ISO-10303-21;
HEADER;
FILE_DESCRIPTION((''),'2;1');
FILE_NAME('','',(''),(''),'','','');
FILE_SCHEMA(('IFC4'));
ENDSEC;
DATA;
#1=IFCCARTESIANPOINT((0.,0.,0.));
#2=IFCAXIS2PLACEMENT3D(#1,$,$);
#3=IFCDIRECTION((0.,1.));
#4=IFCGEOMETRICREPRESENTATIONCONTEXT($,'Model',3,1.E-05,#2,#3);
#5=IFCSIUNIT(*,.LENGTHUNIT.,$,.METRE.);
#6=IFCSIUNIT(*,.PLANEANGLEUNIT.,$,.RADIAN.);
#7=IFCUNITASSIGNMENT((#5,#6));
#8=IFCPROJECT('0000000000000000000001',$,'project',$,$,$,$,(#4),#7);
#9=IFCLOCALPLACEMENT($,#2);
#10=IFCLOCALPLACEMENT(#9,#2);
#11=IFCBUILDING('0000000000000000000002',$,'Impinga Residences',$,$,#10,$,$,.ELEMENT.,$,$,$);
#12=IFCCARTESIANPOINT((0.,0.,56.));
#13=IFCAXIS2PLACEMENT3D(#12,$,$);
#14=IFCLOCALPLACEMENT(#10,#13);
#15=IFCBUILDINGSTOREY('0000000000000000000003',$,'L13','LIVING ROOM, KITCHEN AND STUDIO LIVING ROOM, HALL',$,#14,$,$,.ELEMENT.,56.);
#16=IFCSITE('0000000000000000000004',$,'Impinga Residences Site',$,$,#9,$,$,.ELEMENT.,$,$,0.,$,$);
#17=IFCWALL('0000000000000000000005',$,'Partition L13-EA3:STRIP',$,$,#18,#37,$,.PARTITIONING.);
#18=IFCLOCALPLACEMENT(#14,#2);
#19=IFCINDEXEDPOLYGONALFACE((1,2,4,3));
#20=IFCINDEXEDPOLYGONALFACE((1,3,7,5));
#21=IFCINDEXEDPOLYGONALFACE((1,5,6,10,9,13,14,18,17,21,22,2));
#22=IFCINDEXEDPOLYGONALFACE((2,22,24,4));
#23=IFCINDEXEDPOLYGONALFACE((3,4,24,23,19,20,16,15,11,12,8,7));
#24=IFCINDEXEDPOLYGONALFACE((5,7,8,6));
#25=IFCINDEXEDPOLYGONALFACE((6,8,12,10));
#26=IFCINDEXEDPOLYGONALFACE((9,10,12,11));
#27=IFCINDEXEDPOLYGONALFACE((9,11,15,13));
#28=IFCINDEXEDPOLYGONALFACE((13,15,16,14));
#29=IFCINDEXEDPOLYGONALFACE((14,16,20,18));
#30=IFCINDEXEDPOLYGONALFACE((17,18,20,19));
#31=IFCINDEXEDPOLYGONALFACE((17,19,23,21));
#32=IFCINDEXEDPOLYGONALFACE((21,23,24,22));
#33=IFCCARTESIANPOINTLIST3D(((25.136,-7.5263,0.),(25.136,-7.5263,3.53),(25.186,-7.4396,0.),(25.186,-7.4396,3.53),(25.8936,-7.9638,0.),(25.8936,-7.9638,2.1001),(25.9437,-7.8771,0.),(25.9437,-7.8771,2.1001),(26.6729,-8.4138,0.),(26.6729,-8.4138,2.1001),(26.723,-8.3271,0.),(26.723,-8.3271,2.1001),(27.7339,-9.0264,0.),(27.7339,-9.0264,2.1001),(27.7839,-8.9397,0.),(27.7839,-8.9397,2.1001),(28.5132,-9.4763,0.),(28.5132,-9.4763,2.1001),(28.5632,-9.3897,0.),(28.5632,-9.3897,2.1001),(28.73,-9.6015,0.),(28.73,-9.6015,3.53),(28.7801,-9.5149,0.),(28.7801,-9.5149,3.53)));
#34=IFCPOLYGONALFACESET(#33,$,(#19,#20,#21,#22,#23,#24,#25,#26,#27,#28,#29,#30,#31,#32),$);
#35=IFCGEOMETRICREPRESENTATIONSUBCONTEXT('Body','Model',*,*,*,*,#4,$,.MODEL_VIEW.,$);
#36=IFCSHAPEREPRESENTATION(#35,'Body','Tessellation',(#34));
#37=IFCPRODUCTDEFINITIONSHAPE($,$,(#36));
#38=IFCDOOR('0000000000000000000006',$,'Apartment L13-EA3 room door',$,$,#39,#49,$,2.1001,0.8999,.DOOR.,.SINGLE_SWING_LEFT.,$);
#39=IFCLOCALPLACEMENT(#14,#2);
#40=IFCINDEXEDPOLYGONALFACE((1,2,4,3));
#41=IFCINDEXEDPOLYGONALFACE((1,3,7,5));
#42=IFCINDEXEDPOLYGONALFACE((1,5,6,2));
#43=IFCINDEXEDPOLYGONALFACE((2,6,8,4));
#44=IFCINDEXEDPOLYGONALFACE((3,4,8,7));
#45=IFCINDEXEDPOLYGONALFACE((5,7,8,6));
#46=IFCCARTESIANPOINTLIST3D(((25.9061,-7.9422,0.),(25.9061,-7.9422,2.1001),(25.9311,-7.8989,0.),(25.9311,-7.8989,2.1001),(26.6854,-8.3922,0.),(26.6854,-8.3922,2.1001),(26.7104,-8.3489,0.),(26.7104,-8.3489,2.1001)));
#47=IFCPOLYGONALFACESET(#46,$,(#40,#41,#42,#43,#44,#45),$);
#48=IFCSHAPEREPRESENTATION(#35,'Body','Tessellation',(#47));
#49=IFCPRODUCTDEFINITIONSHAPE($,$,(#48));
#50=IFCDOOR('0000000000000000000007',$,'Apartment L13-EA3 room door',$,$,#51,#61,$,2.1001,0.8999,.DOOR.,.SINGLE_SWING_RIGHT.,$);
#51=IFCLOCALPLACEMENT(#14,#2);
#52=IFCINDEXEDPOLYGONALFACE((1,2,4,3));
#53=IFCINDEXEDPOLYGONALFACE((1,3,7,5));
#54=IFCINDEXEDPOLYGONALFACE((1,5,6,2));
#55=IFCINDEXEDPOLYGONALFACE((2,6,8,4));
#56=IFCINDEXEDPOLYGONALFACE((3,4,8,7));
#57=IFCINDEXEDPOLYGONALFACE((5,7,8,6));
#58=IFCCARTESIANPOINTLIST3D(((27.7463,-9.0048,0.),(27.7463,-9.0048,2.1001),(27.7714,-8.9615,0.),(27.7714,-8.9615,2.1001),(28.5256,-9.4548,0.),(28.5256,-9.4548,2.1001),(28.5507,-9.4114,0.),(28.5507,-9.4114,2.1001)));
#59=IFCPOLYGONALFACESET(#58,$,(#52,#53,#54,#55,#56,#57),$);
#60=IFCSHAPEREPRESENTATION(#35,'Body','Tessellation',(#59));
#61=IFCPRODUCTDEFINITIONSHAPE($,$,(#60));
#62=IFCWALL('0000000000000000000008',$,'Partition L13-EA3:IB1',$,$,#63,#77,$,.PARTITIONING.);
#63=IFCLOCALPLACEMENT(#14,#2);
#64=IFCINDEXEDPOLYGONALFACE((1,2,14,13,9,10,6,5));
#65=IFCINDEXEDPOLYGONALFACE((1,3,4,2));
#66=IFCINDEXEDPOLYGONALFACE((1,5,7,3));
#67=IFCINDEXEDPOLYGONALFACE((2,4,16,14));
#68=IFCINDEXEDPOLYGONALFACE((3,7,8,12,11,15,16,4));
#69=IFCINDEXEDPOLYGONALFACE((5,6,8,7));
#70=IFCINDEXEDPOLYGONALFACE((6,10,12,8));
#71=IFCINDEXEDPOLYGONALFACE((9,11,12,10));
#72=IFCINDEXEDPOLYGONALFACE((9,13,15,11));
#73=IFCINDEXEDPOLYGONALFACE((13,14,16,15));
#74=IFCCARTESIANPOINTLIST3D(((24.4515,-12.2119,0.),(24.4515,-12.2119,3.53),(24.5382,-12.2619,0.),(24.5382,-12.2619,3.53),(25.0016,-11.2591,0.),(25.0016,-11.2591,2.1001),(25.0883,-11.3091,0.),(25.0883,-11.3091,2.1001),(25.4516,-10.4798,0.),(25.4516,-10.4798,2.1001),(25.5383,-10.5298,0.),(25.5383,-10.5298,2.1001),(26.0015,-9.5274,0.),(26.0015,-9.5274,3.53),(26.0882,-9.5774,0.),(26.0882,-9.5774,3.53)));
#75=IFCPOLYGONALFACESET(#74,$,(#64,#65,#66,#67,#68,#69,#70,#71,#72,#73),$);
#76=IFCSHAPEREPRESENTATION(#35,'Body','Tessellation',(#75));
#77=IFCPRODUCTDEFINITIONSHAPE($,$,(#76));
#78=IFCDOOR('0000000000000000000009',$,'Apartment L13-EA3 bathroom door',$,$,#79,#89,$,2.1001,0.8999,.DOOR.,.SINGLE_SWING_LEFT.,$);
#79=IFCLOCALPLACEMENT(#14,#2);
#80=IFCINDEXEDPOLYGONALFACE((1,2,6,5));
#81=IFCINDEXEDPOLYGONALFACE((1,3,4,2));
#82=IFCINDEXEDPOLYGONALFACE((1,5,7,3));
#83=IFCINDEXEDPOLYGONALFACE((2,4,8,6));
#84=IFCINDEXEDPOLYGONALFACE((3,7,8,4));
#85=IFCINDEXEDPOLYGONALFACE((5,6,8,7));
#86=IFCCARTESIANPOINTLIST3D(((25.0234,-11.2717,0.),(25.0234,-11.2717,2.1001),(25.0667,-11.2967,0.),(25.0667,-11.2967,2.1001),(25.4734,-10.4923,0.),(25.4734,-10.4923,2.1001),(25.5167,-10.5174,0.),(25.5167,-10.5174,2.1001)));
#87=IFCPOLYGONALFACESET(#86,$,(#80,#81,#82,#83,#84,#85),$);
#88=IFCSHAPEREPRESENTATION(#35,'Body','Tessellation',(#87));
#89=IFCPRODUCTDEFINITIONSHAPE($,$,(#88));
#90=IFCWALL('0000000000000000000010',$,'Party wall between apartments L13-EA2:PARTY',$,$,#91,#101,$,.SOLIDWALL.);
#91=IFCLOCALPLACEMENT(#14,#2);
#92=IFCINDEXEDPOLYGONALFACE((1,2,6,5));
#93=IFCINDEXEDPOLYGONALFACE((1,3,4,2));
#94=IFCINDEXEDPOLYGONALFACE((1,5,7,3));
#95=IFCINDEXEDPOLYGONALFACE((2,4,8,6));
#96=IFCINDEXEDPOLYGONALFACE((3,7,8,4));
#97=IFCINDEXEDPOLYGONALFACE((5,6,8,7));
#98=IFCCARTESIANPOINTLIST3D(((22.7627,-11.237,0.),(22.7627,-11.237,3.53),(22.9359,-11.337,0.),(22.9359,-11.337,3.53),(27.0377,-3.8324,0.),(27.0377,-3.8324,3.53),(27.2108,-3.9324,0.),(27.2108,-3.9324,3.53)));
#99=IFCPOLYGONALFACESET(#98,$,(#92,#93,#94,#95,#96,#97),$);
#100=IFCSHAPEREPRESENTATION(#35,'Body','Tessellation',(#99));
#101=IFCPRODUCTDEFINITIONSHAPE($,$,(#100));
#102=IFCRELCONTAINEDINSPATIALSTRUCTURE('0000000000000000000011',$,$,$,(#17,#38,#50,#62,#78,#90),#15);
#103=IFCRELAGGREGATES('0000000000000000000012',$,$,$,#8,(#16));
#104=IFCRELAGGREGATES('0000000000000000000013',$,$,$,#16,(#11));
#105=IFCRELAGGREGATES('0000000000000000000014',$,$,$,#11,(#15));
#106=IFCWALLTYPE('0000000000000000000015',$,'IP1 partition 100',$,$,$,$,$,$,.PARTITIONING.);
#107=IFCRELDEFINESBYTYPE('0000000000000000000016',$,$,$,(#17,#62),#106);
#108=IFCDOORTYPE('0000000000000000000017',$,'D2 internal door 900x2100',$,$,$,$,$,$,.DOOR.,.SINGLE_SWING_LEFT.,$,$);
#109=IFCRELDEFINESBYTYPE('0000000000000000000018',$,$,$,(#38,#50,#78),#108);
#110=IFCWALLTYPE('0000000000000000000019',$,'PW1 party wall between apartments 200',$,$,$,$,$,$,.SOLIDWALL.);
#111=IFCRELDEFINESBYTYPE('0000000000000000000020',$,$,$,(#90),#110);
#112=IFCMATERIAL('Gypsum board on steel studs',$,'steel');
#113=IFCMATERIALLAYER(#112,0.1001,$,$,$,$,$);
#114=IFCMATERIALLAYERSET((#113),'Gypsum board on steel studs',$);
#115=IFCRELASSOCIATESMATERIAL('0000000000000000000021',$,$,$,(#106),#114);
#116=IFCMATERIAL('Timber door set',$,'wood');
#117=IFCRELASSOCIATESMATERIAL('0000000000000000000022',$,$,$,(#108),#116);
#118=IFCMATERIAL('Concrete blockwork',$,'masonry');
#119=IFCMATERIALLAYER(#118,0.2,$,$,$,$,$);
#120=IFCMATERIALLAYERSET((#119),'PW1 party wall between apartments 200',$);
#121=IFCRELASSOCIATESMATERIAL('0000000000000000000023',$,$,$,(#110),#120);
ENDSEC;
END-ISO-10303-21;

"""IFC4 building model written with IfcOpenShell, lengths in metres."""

from ifc_helpers import new_model, si_unit, direction, frame, frame_2d, origin, place, context, subcontext, project, spatial, rectangle, extrude, material, layer, layer_set, type_object, element, fill, save


model = new_model("IFC4")

# Units and contexts
model_context = context("Model", 3, precision=1e-05, world=origin(), true_north=direction((0.0, 1.0)))
body_context = subcontext(model_context, "Body", "Model", "MODEL_VIEW")
ifc_project = project(units=[si_unit("LENGTHUNIT", "METRE"), si_unit("PLANEANGLEUNIT", "RADIAN")], contexts=[model_context])

# Site, building, storey
site_placement = place(None, origin())
site = spatial("IfcSite", under=ifc_project, at=site_placement, Name="Impinga Residences Site", CompositionType="ELEMENT", RefElevation=0.0)
building_placement = place(site_placement, origin())
building = spatial("IfcBuilding", under=site, at=building_placement, Name="Impinga Residences", CompositionType="ELEMENT")
storey_placement = place(building_placement, frame((0.0, 0.0, 56.0)))
storey = spatial("IfcBuildingStorey", under=building, at=storey_placement, Name="L13", Description="LIVING ROOM, KITCHEN AND STUDIO LIVING ROOM, HALL", CompositionType="ELEMENT", Elevation=56.0)

# Shared definitions
ifc_material_1 = material(Name="Concrete blockwork", Category="masonry")
ifc_material_2 = material(Name="Timber door set", Category="wood")

# Shared definitions
ifc_material_3 = material(Name="Gypsum board on steel studs", Category="steel")
ifc_layer_1 = layer(ifc_material_3, 0.1001)
ifc_layer_set_1 = layer_set([ifc_layer_1], Name="Gypsum board on steel studs")
wall_type_1 = type_object("IfcWallType", Name="IP1 partition 100", PredefinedType="PARTITIONING", material=ifc_layer_set_1)

# Shared definitions
door_type_1 = type_object("IfcDoorType", Name="D2 internal door 900x2100", OperationType="SINGLE_SWING_LEFT", PredefinedType="DOOR", material=ifc_material_2)

# Wall, openings, doors
wall_1_placement = place(storey_placement, frame((25.1609, -7.4829, 0.0), z_axis=(0.0, 0.0, 1.0), x_axis=(0.866004, -0.500036, 0.0)))
wall_1 = element("IfcWall", 1, at=wall_1_placement, inside=storey, type_object=wall_type_1, Name="Partition L13-EA3:STRIP", PredefinedType="PARTITIONING", context=body_context, shape_type="SweptSolid", body=[
    extrude(rectangle(XDim=4.1501, YDim=0.1001, at=frame_2d((2.0752, 0.0))), origin(), (0.0, 0.0, 1.0), 3.53),
])
opening_1_placement = place(wall_1_placement, frame((0.875, 0.0, 0.0)))
opening_1 = element("IfcOpeningElement", 2, at=opening_1_placement, cuts=wall_1, PredefinedType="OPENING", context=body_context, shape_type="SweptSolid", body=[
    extrude(rectangle(XDim=0.8999, YDim=2.1001, at=frame_2d((0.45, 1.05))), frame((0.0, 0.0601, 0.0), z_axis=(0.0, -1.0, 0.0), x_axis=(1.0, 0.0, 0.0)), (0.0, 0.0, 1.0), 0.1201),
])
opening_2_placement = place(wall_1_placement, frame((3.0, 0.0, 0.0)))
opening_2 = element("IfcOpeningElement", 3, at=opening_2_placement, cuts=wall_1, PredefinedType="OPENING", context=body_context, shape_type="SweptSolid", body=[
    extrude(rectangle(XDim=0.8999, YDim=2.1001, at=frame_2d((0.45, 1.05))), frame((0.0, 0.0601, 0.0), z_axis=(0.0, -1.0, 0.0), x_axis=(1.0, 0.0, 0.0)), (0.0, 0.0, 1.0), 0.1201),
])
door_1_placement = place(opening_1_placement, origin())
door_1 = element("IfcDoor", 4, at=door_1_placement, inside=storey, type_object=door_type_1, Name="Apartment L13-EA3 room door", OperationType="SINGLE_SWING_LEFT", OverallHeight=2.1001, OverallWidth=0.8999, PredefinedType="DOOR", context=body_context, shape_type="SweptSolid", body=[
    extrude(rectangle(XDim=0.8999, YDim=2.1001, at=frame_2d((0.45, 1.05))), frame((0.0, 0.0249, 0.0), z_axis=(0.0, -1.0, 0.0), x_axis=(1.0, 0.0, 0.0)), (0.0, 0.0, 1.0), 0.05),
])
fill(opening_1, door_1)
door_2_placement = place(opening_2_placement, origin())
door_2 = element("IfcDoor", 5, at=door_2_placement, inside=storey, type_object=door_type_1, Name="Apartment L13-EA3 room door", OperationType="SINGLE_SWING_RIGHT", OverallHeight=2.1001, OverallWidth=0.8999, PredefinedType="DOOR", context=body_context, shape_type="SweptSolid", body=[
    extrude(rectangle(XDim=0.8999, YDim=2.1001, at=frame_2d((0.45, 1.05))), frame((0.0, 0.0249, 0.0), z_axis=(0.0, -1.0, 0.0), x_axis=(1.0, 0.0, 0.0)), (0.0, 0.0, 1.0), 0.05),
])
fill(opening_2, door_2)

# Wall, opening, door
wall_2_placement = place(storey_placement, frame((24.4949, -12.2368, 0.0), z_axis=(0.0, 0.0, 1.0), x_axis=(0.500027, 0.86601, 0.0)))
wall_2 = element("IfcWall", 6, at=wall_2_placement, inside=storey, type_object=wall_type_1, Name="Partition L13-EA3:IB1", PredefinedType="PARTITIONING", context=body_context, shape_type="SweptSolid", body=[
    extrude(rectangle(XDim=3.0999, YDim=0.1001, at=frame_2d((1.5498, 0.0))), origin(), (0.0, 0.0, 1.0), 3.53),
])
opening_3_placement = place(wall_2_placement, frame((1.1001, 0.0, 0.0)))
opening_3 = element("IfcOpeningElement", 7, at=opening_3_placement, cuts=wall_2, PredefinedType="OPENING", context=body_context, shape_type="SweptSolid", body=[
    extrude(rectangle(XDim=0.8999, YDim=2.1001, at=frame_2d((0.45, 1.05))), frame((0.0, 0.0601, 0.0), z_axis=(0.0, -1.0, 0.0), x_axis=(1.0, 0.0, 0.0)), (0.0, 0.0, 1.0), 0.1201),
])
door_3_placement = place(opening_3_placement, origin())
door_3 = element("IfcDoor", 8, at=door_3_placement, inside=storey, type_object=door_type_1, Name="Apartment L13-EA3 bathroom door", OperationType="SINGLE_SWING_LEFT", OverallHeight=2.1001, OverallWidth=0.8999, PredefinedType="DOOR", context=body_context, shape_type="SweptSolid", body=[
    extrude(rectangle(XDim=0.8999, YDim=2.1001, at=frame_2d((0.45, 1.05))), frame((0.0, 0.0249, 0.0), z_axis=(0.0, -1.0, 0.0), x_axis=(1.0, 0.0, 0.0)), (0.0, 0.0, 1.0), 0.05),
])
fill(opening_3, door_3)

# Wall
ifc_layer_2 = layer(ifc_material_1, 0.2)
ifc_layer_set_2 = layer_set([ifc_layer_2], Name="PW1 party wall between apartments 200")
wall_type_2 = type_object("IfcWallType", Name="PW1 party wall between apartments 200", PredefinedType="SOLIDWALL", material=ifc_layer_set_2)
wall_3_placement = place(storey_placement, frame((22.8494, -11.2869, 0.0), z_axis=(0.0, 0.0, 1.0), x_axis=(0.49999, 0.866031, 0.0)))
element("IfcWall", 9, at=wall_3_placement, inside=storey, type_object=wall_type_2, Name="Party wall between apartments L13-EA2:PARTY", PredefinedType="SOLIDWALL", context=body_context, shape_type="SweptSolid", body=[
    extrude(rectangle(XDim=8.55, YDim=0.2, at=frame_2d((4.2749, 0.0))), origin(), (0.0, 0.0, 1.0), 3.53),
])

save(model, "model.ifc")
